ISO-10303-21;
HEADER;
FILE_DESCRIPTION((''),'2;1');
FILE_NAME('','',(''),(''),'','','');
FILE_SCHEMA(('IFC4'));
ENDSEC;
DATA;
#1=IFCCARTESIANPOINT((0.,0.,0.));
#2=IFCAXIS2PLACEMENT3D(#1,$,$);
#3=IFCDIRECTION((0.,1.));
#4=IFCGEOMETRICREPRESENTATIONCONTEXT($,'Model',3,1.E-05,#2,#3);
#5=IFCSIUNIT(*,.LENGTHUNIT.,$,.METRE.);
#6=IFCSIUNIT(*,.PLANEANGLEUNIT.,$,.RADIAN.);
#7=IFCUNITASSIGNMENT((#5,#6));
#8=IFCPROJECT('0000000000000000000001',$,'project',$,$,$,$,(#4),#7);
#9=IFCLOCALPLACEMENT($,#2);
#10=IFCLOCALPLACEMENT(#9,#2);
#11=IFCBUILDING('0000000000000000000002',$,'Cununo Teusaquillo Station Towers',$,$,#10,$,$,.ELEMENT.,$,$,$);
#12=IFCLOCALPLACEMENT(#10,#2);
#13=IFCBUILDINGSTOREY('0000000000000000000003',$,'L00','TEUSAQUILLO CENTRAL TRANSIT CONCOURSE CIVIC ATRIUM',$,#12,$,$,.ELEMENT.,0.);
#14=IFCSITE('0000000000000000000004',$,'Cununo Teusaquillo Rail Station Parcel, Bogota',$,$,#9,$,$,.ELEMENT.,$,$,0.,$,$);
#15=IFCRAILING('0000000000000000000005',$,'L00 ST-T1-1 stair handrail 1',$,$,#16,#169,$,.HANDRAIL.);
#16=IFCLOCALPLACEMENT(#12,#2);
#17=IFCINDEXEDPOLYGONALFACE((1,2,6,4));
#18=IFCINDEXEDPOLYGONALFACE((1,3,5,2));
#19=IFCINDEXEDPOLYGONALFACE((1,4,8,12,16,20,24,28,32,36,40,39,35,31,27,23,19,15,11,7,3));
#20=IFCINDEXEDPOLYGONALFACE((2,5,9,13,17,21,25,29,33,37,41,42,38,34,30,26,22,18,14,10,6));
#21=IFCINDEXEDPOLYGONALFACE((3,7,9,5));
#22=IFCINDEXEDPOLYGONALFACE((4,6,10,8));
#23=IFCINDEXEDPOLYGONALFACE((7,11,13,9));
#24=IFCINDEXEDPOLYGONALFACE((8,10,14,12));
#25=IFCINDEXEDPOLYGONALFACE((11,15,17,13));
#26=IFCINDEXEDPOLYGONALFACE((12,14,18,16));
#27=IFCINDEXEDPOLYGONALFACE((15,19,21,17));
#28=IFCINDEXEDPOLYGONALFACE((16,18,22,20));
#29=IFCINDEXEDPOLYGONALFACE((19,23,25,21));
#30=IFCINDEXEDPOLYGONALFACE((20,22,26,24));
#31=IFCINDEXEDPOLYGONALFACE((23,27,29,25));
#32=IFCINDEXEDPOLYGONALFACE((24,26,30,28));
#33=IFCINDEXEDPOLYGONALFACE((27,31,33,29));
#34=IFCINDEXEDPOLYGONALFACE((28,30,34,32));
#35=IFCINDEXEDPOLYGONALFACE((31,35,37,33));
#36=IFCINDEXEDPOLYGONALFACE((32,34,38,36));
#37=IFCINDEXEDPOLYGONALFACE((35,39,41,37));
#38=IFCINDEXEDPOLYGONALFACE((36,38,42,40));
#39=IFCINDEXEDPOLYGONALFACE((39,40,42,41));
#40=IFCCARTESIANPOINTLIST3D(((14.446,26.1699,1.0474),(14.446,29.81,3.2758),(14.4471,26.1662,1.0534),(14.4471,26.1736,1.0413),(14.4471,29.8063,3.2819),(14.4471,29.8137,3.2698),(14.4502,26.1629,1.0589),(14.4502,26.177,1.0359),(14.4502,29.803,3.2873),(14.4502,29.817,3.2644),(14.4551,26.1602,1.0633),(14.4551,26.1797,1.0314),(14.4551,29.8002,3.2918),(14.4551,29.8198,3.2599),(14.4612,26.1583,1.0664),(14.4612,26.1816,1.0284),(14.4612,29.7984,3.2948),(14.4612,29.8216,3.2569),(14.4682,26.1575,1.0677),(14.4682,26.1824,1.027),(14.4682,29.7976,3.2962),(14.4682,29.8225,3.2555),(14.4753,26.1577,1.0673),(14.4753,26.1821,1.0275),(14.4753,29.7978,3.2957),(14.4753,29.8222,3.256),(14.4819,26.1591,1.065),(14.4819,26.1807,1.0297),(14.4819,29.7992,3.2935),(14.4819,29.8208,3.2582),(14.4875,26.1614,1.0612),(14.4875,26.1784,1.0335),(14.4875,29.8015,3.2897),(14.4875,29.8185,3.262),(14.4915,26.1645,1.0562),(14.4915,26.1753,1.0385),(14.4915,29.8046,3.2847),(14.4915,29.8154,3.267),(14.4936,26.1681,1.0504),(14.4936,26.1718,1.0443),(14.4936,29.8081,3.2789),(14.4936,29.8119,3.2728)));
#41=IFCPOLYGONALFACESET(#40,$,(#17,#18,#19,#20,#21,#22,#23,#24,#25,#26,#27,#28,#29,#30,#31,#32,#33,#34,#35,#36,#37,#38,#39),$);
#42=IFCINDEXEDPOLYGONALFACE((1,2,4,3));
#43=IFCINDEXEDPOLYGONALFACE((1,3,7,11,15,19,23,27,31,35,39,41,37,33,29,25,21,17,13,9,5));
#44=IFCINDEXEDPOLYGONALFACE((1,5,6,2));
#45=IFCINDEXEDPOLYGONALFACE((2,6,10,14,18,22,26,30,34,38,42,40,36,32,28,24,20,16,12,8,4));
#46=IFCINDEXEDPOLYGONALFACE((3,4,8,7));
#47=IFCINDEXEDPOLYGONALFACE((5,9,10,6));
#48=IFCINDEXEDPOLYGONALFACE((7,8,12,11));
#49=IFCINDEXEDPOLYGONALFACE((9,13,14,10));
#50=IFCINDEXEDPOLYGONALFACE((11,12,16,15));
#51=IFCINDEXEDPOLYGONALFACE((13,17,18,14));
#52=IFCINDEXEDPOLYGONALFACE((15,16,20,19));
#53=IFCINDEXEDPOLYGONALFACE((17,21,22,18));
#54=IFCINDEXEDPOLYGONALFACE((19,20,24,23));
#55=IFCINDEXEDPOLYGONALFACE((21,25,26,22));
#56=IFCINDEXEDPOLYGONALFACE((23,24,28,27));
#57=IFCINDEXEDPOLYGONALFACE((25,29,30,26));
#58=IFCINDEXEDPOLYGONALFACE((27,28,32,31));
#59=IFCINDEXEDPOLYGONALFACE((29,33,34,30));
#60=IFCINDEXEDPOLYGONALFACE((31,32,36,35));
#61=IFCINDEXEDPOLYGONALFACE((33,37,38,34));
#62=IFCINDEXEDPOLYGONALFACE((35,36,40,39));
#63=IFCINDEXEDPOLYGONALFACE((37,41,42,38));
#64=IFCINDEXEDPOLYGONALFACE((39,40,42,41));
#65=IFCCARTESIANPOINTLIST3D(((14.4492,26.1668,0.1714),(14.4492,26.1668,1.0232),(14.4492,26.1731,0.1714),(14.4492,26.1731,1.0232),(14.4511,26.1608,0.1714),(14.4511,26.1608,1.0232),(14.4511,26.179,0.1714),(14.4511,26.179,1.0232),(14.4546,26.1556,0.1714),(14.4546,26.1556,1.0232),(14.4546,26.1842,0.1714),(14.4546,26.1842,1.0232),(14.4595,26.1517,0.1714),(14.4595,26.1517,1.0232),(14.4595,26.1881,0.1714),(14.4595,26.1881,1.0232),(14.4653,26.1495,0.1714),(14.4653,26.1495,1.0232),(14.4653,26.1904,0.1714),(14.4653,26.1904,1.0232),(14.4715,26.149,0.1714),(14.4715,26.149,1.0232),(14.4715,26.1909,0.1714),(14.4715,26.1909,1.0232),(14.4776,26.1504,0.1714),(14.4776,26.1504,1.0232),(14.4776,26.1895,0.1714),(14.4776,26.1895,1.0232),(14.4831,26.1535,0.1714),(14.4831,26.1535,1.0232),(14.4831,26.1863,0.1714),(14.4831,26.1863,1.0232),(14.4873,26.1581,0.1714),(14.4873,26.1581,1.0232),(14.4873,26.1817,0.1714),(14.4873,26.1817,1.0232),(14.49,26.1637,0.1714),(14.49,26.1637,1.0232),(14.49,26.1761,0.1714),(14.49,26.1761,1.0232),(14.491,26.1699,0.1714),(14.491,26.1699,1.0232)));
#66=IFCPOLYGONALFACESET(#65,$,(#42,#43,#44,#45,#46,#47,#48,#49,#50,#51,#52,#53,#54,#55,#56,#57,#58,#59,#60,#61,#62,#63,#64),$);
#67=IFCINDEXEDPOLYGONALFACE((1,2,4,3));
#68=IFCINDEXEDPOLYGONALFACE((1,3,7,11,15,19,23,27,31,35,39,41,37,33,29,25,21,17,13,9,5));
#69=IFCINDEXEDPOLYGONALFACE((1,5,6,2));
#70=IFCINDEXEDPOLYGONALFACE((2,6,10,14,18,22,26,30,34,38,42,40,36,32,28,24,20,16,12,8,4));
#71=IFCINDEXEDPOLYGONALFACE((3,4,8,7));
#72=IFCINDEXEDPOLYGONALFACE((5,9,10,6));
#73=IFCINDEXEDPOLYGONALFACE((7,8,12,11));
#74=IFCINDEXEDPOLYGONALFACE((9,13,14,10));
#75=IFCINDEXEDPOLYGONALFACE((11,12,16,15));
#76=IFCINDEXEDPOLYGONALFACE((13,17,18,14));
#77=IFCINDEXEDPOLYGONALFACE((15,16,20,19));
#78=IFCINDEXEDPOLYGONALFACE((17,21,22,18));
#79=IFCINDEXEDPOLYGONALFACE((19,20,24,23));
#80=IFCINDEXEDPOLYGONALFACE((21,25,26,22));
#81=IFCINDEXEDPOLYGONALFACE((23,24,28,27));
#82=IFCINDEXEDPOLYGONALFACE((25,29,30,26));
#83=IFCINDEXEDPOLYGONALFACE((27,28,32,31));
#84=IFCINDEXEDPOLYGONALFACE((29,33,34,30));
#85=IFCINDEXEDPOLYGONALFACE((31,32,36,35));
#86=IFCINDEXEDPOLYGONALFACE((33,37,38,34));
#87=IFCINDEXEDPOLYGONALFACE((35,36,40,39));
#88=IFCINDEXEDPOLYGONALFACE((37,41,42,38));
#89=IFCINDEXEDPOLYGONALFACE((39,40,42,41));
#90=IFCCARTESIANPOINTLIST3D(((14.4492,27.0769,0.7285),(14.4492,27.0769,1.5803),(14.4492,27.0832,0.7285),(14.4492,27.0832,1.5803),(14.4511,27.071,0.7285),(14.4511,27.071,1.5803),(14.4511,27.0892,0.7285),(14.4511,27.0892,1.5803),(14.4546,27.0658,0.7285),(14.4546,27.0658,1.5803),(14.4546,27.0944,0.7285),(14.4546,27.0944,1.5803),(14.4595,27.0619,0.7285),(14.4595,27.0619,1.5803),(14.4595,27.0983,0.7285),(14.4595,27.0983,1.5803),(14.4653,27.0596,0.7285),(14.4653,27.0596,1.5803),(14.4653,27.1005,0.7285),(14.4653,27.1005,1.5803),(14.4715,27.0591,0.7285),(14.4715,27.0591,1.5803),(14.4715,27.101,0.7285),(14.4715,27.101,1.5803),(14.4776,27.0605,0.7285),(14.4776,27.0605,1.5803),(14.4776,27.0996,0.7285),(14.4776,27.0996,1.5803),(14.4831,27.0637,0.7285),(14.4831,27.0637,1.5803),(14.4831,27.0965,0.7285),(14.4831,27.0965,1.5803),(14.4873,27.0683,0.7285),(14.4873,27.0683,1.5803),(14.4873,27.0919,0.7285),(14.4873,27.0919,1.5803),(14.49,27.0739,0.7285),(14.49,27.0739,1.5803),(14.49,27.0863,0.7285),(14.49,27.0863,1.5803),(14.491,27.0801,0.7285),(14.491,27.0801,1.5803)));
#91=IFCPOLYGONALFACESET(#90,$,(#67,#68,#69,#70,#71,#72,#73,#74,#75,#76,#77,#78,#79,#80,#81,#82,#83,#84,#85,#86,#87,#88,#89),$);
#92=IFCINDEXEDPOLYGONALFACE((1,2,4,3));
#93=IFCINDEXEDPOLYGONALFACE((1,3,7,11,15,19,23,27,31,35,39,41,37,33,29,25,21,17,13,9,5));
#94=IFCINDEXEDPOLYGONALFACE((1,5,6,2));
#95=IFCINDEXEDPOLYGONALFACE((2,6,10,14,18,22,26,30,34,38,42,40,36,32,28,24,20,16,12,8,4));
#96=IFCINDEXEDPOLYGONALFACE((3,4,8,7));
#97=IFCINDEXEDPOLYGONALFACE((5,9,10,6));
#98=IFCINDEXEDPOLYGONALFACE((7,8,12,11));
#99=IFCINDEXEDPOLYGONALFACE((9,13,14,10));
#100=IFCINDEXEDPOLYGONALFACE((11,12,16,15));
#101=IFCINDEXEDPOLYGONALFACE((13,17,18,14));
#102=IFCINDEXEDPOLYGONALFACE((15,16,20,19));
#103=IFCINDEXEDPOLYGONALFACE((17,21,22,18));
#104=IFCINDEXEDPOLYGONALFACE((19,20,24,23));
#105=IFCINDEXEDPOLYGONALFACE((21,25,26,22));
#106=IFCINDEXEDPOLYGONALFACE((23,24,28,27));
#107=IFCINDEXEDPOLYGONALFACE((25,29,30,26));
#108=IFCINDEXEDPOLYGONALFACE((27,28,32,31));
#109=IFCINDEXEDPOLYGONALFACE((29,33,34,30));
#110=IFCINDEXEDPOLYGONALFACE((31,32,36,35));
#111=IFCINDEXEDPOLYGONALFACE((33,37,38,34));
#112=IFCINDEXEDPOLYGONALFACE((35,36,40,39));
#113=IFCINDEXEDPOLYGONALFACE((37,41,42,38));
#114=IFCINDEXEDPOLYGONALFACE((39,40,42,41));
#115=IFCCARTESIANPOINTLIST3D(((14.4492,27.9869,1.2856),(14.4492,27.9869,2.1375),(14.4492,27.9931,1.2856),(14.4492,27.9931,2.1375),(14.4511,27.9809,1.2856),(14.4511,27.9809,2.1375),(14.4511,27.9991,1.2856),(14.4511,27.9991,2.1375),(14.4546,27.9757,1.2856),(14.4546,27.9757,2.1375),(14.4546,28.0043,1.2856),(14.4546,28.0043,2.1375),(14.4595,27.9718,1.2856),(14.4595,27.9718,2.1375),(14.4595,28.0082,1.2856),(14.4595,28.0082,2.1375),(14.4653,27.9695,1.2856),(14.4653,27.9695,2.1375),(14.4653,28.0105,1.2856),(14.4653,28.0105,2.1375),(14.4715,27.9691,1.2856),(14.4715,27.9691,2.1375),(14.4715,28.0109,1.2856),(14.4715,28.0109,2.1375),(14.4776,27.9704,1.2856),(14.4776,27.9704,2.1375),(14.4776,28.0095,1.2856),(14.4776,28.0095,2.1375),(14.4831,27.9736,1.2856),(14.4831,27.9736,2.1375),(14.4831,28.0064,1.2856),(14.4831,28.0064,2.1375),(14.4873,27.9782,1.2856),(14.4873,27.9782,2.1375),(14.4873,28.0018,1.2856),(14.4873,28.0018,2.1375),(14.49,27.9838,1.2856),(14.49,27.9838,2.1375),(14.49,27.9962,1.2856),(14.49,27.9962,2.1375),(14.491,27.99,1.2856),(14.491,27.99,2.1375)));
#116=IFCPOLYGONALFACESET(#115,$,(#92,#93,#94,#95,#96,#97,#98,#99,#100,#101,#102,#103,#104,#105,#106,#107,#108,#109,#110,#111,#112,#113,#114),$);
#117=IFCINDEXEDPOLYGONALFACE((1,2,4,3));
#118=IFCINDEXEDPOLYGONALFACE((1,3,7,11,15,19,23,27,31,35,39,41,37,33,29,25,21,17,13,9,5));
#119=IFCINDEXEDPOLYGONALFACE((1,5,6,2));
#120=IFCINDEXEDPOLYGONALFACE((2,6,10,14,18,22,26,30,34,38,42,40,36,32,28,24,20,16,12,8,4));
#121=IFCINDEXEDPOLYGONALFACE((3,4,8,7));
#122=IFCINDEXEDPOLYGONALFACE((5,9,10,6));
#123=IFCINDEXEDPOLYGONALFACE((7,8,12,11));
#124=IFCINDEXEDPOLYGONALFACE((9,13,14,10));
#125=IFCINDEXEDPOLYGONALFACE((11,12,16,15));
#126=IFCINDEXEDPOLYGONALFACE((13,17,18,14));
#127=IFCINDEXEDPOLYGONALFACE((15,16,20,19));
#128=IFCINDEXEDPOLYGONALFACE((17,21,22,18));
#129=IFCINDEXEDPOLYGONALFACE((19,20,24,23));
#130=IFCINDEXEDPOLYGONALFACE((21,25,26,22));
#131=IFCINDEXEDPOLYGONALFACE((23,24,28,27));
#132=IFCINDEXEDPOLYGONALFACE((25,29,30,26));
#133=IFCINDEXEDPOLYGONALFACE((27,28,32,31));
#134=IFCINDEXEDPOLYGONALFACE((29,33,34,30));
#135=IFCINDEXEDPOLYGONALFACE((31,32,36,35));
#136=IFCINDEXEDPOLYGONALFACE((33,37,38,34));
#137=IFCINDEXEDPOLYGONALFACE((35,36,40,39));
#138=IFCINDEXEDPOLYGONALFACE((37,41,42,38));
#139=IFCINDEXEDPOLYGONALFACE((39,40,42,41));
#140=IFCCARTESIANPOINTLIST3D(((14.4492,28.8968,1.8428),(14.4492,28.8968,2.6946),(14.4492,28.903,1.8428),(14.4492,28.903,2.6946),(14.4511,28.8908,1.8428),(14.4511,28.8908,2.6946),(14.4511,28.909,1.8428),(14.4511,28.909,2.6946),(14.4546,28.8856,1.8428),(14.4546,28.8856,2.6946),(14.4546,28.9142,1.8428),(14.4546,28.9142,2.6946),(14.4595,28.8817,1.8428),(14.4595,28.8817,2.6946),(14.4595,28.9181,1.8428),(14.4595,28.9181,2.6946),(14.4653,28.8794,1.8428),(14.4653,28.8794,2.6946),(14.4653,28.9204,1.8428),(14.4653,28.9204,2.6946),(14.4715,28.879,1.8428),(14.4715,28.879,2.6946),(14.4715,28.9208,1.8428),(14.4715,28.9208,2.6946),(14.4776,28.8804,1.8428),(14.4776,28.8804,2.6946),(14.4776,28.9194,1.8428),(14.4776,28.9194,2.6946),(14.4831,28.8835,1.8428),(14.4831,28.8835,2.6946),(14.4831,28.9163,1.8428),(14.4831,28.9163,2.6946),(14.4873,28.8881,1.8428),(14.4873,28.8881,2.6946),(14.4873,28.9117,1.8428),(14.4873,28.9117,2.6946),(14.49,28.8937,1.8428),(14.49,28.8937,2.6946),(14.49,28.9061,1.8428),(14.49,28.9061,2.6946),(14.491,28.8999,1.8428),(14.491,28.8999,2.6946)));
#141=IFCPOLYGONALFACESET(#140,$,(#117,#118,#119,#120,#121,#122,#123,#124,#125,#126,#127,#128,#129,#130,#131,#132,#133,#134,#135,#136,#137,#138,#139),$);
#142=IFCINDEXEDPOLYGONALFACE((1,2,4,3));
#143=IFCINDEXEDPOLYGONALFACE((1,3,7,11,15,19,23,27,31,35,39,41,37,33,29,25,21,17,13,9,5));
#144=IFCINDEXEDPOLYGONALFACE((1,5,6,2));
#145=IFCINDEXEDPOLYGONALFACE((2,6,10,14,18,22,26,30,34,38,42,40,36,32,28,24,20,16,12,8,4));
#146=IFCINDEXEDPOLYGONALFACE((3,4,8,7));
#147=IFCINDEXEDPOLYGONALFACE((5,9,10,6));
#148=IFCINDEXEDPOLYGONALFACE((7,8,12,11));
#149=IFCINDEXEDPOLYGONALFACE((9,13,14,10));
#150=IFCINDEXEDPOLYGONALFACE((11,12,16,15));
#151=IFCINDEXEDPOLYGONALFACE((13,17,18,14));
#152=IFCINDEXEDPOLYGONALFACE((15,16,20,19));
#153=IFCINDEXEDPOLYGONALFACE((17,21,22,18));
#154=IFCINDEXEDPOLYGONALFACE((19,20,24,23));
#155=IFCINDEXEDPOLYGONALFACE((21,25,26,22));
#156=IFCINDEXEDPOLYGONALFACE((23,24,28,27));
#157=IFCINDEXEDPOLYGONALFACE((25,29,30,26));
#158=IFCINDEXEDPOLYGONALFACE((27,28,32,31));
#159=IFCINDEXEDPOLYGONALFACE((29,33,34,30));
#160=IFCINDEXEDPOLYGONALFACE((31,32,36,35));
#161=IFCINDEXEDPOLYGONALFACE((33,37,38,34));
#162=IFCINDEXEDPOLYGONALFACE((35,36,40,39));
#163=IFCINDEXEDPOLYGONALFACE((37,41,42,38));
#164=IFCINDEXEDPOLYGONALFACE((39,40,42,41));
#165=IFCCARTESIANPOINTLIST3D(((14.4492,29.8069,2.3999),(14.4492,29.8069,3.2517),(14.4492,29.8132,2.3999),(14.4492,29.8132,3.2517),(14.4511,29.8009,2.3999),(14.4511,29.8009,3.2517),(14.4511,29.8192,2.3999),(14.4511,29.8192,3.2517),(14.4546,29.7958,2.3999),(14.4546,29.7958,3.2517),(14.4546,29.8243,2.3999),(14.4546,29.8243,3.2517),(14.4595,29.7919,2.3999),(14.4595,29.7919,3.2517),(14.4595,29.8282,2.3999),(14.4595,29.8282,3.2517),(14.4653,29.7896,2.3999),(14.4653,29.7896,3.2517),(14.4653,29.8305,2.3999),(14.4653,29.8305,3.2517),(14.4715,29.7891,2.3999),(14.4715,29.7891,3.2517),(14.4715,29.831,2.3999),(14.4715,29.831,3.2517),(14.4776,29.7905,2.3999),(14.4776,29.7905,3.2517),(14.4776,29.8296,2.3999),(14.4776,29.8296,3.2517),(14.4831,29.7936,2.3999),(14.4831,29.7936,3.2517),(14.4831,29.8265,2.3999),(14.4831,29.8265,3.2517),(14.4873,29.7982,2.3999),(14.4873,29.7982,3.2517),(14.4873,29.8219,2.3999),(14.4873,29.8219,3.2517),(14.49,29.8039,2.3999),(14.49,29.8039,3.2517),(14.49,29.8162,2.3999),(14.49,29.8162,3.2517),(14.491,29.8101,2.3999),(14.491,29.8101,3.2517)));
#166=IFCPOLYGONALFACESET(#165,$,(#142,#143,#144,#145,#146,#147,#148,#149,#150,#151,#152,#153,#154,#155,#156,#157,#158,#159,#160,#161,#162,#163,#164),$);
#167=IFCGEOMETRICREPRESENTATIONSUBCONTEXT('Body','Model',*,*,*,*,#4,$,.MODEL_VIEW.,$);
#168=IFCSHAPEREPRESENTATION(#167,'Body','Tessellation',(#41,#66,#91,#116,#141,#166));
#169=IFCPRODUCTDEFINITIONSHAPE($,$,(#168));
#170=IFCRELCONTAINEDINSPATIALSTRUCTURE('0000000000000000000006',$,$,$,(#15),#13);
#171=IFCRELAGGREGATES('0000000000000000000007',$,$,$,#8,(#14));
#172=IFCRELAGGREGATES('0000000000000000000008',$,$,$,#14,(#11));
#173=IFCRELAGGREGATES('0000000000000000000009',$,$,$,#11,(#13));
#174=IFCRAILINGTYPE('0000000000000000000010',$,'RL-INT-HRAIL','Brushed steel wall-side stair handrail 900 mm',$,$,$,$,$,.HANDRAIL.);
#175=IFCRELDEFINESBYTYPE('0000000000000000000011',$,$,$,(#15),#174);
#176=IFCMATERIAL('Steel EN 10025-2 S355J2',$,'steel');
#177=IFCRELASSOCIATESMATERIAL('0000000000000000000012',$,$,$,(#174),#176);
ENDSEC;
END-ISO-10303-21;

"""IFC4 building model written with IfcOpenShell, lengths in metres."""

from ifc_helpers import new_model, si_unit, direction, frame, origin, origin_2d, place, context, subcontext, project, spatial, circle, extrude, material, type_object, element, save


model = new_model("IFC4")

# Units and contexts
model_context = context("Model", 3, precision=1e-05, world=origin(), true_north=direction((0.0, 1.0)))
body_context = subcontext(model_context, "Body", "Model", "MODEL_VIEW")
ifc_project = project(units=[si_unit("LENGTHUNIT", "METRE"), si_unit("PLANEANGLEUNIT", "RADIAN")], contexts=[model_context])

# Site, building, storey
site_placement = place(None, origin())
site = spatial("IfcSite", under=ifc_project, at=site_placement, Name="Cununo Teusaquillo Rail Station Parcel, Bogota", CompositionType="ELEMENT", RefElevation=0.0)
building_placement = place(site_placement, origin())
building = spatial("IfcBuilding", under=site, at=building_placement, Name="Cununo Teusaquillo Station Towers", CompositionType="ELEMENT")
storey_placement = place(building_placement, origin())
storey = spatial("IfcBuildingStorey", under=building, at=storey_placement, Name="L00", Description="TEUSAQUILLO CENTRAL TRANSIT CONCOURSE CIVIC ATRIUM", CompositionType="ELEMENT", Elevation=0.0)

# Railing
ifc_material_1 = material(Name="Steel EN 10025-2 S355J2", Category="steel")
railing_type_1 = type_object("IfcRailingType", Name="RL-INT-HRAIL", Description="Brushed steel wall-side stair handrail 900 mm", PredefinedType="HANDRAIL", material=ifc_material_1)
railing_1_placement = place(storey_placement, frame((14.47, 26.1699, 0.1714)))
element("IfcRailing", 1, at=railing_1_placement, inside=storey, type_object=railing_type_1, Name="L00 ST-T1-1 stair handrail 1", PredefinedType="HANDRAIL", context=body_context, shape_type="SweptSolid", body=[
    extrude(circle(Radius=0.0239, at=origin_2d()), frame((0.0, 0.0, 0.876), z_axis=(0.0, 0.852866, 0.52213), x_axis=(-1.0, 0.0, 0.0)), (0.0, 0.0, 1.0), 4.2681),
    extrude(circle(Radius=0.021, at=origin_2d()), origin(), (0.0, 0.0, 1.0), 0.8518),
    extrude(circle(Radius=0.021, at=origin_2d()), frame((0.0, 0.9102, 0.5571)), (0.0, 0.0, 1.0), 0.8518),
    extrude(circle(Radius=0.021, at=origin_2d()), frame((0.0, 1.8201, 1.1143)), (0.0, 0.0, 1.0), 0.8518),
    extrude(circle(Radius=0.021, at=origin_2d()), frame((0.0, 2.73, 1.6714)), (0.0, 0.0, 1.0), 0.8518),
    extrude(circle(Radius=0.021, at=origin_2d()), frame((0.0, 3.6401, 2.2285)), (0.0, 0.0, 1.0), 0.8518),
])

save(model, "model.ifc")
